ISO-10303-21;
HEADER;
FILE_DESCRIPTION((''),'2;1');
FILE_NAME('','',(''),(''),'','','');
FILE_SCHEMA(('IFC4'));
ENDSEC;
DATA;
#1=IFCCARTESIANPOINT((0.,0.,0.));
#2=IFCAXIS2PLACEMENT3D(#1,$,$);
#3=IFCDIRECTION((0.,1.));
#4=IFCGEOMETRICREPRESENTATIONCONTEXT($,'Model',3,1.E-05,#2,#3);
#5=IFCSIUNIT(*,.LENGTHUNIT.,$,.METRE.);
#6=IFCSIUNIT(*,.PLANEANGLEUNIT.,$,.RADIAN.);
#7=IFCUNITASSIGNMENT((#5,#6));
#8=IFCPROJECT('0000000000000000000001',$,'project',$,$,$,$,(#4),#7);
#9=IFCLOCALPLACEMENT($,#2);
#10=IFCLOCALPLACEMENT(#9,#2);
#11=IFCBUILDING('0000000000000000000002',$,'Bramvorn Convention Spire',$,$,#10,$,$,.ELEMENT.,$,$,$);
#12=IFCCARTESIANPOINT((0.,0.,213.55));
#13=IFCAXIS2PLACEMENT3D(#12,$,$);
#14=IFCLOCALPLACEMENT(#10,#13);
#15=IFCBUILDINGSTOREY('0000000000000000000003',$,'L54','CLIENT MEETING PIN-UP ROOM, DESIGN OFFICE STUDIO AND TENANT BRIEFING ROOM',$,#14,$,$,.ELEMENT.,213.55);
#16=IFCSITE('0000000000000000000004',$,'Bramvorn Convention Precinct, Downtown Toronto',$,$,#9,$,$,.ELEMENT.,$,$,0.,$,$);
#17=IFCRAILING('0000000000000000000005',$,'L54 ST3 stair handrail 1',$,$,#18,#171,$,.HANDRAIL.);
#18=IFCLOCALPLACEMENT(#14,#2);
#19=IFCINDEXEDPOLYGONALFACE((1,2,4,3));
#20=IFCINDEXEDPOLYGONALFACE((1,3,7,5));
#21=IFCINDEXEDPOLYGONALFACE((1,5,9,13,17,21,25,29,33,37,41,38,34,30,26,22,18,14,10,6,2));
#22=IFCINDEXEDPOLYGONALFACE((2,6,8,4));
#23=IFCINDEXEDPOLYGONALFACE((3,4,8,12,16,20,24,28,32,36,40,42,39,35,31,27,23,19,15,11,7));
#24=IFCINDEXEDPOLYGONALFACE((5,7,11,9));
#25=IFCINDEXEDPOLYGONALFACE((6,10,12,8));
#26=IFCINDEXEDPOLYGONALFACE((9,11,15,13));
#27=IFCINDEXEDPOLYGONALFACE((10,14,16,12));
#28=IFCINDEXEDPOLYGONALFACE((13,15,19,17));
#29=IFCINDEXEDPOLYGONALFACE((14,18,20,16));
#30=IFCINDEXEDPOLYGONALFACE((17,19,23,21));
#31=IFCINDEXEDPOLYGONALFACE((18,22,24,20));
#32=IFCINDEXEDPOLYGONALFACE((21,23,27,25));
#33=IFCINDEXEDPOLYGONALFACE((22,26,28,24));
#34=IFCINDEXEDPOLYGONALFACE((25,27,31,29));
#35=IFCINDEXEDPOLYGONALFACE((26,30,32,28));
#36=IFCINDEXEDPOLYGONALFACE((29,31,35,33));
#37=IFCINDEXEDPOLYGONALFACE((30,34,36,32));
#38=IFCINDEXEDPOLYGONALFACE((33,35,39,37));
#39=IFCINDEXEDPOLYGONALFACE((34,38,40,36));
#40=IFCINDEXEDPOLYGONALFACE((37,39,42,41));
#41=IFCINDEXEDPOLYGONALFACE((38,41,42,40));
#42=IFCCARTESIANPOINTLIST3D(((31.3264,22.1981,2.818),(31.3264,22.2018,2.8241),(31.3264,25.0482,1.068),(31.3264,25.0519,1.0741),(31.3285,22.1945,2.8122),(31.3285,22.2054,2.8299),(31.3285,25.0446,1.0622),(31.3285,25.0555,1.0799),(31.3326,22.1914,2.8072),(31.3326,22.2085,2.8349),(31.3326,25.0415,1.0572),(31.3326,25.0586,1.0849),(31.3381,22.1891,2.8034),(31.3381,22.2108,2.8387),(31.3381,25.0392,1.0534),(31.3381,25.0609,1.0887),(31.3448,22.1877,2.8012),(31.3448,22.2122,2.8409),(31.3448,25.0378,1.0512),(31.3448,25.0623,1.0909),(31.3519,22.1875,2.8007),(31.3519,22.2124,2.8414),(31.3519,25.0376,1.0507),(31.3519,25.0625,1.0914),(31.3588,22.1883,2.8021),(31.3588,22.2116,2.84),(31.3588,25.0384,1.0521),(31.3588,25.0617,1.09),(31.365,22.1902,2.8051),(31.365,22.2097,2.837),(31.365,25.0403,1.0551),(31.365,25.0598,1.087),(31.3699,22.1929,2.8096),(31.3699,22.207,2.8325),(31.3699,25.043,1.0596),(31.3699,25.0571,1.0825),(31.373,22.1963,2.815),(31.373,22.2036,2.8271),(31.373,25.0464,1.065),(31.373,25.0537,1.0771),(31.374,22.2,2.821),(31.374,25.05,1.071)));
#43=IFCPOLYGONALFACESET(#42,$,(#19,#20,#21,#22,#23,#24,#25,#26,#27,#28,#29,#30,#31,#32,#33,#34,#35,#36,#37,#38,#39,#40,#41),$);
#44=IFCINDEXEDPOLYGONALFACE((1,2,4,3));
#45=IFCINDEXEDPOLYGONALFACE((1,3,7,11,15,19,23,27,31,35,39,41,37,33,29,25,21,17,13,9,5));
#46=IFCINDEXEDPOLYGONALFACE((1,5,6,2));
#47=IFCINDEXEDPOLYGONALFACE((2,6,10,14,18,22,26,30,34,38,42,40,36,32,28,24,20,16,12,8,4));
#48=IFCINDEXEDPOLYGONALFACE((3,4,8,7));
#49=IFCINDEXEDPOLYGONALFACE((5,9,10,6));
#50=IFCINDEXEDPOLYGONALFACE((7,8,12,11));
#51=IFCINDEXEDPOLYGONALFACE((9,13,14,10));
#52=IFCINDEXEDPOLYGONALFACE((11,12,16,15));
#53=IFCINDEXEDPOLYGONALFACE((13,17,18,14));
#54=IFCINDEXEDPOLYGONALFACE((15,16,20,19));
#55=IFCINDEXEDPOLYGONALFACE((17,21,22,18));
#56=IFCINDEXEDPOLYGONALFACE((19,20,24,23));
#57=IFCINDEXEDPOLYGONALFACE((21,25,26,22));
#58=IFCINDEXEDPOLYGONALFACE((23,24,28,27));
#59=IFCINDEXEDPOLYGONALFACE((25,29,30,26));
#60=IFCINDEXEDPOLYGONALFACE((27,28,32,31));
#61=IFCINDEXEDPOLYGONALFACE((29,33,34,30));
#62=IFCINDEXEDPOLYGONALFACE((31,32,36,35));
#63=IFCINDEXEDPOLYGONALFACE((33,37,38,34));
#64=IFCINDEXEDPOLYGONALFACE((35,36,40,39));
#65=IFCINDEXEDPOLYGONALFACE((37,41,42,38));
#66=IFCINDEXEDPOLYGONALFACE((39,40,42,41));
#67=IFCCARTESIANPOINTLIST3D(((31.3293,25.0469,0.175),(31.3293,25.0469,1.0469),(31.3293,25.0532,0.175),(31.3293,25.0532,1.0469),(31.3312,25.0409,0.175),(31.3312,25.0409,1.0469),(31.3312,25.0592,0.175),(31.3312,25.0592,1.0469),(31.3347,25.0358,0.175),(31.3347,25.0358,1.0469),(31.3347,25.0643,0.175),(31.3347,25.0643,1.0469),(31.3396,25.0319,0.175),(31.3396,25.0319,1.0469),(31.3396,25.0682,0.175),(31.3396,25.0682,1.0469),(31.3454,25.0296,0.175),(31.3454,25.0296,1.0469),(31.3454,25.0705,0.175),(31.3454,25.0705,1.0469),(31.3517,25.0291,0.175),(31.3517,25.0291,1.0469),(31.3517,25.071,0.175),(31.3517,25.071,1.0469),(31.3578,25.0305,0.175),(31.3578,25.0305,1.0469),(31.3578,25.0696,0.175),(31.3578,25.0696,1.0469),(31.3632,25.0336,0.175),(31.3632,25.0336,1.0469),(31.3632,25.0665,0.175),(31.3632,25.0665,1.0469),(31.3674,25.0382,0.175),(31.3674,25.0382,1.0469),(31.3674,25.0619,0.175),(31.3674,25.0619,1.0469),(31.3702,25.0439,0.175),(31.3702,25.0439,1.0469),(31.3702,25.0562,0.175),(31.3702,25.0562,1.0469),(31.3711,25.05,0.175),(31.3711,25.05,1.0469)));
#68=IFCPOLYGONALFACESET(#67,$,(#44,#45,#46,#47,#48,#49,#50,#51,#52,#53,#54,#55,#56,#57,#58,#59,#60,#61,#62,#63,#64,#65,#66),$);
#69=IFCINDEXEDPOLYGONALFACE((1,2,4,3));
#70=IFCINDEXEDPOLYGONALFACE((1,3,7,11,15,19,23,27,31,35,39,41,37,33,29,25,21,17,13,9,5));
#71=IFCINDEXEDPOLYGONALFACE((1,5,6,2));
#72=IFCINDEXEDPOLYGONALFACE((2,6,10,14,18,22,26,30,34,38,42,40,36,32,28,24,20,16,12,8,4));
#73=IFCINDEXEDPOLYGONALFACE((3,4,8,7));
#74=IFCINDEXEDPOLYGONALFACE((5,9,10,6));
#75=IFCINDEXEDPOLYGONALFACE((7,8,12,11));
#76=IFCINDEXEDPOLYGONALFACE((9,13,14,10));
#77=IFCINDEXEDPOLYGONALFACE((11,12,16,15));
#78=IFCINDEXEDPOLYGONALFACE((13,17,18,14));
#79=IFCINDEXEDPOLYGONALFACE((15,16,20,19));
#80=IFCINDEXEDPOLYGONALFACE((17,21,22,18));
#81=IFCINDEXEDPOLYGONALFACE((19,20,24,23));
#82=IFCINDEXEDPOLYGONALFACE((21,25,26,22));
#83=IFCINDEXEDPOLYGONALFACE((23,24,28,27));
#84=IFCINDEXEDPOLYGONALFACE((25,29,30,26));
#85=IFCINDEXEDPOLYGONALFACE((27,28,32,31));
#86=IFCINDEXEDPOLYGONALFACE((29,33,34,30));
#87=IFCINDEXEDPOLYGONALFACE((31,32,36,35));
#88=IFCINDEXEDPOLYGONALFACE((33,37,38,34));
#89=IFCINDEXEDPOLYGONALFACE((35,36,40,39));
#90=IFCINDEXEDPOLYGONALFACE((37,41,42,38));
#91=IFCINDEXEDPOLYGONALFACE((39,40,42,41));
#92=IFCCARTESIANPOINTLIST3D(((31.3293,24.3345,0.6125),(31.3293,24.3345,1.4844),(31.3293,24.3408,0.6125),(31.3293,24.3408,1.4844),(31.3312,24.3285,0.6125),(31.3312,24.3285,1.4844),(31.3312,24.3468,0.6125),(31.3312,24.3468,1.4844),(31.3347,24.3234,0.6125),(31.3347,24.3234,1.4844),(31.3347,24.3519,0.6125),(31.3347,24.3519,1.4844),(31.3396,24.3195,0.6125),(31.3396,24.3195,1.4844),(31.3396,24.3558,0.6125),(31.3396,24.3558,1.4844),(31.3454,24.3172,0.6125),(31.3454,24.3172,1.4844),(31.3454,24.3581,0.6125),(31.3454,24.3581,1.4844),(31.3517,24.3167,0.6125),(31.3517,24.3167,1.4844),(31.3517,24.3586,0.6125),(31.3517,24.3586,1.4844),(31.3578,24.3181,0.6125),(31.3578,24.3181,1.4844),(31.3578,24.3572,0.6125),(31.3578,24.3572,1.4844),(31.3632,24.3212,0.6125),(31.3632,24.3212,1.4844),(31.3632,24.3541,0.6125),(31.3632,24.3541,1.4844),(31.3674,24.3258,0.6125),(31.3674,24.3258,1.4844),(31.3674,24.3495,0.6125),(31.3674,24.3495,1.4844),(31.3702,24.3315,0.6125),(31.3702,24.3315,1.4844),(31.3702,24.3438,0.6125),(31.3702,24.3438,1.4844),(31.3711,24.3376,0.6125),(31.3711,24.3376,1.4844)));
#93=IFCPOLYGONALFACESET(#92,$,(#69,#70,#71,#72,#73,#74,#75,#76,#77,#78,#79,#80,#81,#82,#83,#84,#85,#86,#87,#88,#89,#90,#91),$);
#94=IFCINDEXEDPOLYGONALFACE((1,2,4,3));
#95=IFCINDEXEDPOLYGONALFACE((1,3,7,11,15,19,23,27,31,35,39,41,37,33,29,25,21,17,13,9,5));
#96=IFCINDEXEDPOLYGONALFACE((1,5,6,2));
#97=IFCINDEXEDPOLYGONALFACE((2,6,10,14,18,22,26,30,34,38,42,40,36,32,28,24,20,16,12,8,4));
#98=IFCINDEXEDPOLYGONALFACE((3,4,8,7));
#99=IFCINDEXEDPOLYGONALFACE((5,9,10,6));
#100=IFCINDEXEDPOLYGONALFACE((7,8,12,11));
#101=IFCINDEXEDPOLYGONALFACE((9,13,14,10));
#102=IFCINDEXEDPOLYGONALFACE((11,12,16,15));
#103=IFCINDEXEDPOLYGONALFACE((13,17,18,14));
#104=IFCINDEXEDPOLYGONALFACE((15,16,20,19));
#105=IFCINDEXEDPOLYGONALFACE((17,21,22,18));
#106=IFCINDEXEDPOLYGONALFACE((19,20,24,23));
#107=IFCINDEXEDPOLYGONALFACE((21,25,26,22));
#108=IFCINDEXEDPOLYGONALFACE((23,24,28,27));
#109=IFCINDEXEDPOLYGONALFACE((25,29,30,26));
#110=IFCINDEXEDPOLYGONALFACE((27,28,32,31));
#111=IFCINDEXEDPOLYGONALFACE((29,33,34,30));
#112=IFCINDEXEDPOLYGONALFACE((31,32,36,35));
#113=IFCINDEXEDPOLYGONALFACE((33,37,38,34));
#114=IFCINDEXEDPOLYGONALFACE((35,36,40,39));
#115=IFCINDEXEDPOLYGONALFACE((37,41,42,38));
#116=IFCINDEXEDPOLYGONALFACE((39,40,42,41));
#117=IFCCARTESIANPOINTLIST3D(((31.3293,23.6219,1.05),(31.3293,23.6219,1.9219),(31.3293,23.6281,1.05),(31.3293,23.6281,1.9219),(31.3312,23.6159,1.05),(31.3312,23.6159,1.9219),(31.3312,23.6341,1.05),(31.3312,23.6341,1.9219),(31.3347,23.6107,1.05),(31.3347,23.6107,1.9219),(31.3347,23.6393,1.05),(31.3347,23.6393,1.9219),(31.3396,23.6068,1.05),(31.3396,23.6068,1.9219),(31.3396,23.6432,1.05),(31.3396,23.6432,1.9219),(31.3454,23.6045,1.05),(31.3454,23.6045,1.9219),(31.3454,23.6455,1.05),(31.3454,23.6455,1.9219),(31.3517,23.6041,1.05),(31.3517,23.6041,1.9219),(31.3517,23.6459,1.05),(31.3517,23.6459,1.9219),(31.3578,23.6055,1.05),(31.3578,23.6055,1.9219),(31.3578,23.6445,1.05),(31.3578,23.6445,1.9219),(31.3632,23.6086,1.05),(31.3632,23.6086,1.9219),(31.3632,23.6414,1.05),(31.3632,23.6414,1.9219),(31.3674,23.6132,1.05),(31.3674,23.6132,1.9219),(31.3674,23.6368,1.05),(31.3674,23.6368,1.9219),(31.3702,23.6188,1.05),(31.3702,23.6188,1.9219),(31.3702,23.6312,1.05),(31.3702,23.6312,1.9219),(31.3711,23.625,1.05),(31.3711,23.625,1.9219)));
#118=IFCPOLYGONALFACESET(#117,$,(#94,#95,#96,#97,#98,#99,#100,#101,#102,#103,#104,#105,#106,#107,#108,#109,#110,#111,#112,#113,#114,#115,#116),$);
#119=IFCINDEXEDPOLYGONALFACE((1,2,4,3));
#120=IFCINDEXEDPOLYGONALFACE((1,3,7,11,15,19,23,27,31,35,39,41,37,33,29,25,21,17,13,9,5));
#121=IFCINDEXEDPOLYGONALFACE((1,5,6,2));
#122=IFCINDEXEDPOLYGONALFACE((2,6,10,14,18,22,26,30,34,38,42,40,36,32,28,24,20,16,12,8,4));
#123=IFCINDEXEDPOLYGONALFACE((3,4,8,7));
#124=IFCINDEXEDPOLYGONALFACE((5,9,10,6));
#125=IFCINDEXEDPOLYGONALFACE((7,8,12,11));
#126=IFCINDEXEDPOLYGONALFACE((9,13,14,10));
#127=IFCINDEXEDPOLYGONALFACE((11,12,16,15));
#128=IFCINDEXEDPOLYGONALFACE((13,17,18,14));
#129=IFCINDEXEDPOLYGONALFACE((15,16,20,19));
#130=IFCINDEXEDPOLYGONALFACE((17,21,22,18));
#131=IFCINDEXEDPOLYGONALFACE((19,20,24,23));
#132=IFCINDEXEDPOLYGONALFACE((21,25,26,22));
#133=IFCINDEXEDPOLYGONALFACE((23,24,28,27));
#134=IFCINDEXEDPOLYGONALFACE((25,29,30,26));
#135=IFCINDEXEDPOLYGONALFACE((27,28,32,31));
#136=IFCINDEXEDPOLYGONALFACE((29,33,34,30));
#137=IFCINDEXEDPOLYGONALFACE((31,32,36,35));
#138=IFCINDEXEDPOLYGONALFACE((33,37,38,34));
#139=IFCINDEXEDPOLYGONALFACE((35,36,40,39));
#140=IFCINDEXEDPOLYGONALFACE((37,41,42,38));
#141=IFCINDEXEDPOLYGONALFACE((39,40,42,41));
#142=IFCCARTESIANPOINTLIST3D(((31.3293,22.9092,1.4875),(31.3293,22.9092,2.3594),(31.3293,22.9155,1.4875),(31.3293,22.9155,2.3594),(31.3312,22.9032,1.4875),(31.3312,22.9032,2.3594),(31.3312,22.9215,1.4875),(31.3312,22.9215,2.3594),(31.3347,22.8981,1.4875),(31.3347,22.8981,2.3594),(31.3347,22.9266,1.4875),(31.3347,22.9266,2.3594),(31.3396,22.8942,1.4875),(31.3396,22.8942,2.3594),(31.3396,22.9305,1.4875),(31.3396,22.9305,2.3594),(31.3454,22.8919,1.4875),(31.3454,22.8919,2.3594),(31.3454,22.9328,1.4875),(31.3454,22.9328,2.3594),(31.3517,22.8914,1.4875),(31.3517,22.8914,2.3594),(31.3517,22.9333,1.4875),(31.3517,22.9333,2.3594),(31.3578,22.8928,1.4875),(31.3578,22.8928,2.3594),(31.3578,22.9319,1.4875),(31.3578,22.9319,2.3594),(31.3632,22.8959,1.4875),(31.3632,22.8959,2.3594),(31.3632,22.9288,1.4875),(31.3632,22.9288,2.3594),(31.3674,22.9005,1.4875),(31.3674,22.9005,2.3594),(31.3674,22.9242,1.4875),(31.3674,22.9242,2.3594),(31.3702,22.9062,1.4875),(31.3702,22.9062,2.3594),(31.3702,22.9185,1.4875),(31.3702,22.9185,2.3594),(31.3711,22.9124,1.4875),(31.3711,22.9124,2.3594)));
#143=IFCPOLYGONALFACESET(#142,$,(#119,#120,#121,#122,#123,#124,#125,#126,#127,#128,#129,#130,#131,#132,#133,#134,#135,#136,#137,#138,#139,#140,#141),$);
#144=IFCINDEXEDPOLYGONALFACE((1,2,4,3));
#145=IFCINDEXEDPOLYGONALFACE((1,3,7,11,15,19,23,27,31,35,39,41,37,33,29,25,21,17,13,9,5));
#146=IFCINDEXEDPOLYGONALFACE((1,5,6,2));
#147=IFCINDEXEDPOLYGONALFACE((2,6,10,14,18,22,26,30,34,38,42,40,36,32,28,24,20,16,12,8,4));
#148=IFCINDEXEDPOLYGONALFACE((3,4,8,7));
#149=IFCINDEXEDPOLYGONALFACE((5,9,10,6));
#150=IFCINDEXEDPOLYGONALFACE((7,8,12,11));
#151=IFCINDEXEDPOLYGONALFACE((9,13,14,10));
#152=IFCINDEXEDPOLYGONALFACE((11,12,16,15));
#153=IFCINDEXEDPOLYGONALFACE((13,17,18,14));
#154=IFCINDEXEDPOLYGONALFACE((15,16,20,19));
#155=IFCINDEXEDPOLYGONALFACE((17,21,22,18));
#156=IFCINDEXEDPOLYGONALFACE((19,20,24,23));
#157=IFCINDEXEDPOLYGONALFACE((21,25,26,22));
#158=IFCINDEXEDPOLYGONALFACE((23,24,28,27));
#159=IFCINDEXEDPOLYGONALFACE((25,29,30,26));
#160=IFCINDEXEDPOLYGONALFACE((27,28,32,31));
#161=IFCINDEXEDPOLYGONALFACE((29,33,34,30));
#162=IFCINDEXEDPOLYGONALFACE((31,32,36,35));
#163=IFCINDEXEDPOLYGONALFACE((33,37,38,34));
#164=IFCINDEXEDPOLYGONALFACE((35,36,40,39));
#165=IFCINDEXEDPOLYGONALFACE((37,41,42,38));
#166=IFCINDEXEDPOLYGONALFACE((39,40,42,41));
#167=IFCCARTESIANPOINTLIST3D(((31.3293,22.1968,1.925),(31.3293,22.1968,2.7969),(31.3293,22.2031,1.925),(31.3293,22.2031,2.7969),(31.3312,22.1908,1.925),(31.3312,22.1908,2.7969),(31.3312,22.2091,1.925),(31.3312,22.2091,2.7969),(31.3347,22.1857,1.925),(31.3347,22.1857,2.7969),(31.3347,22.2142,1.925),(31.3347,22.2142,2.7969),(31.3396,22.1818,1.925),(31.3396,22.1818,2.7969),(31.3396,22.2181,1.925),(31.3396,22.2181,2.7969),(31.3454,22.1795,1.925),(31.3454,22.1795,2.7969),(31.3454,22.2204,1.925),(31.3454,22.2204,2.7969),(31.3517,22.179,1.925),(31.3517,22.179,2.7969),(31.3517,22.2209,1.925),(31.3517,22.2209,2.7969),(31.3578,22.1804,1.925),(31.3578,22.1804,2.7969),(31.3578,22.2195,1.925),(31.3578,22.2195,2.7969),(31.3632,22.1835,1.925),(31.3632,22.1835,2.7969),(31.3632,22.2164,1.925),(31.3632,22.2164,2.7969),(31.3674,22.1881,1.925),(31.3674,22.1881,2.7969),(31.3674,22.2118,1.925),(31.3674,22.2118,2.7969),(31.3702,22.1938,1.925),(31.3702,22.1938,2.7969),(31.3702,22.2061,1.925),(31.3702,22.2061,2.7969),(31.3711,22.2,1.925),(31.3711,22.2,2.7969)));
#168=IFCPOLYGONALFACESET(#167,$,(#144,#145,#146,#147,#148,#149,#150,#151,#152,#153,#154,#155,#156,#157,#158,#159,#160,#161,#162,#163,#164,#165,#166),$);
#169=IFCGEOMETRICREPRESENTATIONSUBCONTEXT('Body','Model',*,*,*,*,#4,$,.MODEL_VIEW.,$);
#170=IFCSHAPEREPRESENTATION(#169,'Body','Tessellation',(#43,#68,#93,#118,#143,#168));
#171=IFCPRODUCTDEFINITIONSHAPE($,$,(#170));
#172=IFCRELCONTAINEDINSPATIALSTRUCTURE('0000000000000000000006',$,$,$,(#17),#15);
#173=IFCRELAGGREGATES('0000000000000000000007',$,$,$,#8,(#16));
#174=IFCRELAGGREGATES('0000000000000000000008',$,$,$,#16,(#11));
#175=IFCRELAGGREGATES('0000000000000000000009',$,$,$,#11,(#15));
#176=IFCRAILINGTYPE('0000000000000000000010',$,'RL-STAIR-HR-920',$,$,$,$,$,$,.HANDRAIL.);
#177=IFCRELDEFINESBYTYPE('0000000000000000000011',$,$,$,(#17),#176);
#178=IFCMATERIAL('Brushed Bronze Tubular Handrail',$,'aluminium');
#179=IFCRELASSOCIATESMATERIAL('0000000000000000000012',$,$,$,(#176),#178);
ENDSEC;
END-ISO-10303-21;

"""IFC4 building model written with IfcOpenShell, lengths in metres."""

from ifc_helpers import new_model, si_unit, direction, frame, origin, origin_2d, place, context, subcontext, project, spatial, circle, extrude, material, type_object, element, save


model = new_model("IFC4")

# Units and contexts
model_context = context("Model", 3, precision=1e-05, world=origin(), true_north=direction((0.0, 1.0)))
body_context = subcontext(model_context, "Body", "Model", "MODEL_VIEW")
ifc_project = project(units=[si_unit("LENGTHUNIT", "METRE"), si_unit("PLANEANGLEUNIT", "RADIAN")], contexts=[model_context])

# Site, building, storey
site_placement = place(None, origin())
site = spatial("IfcSite", under=ifc_project, at=site_placement, Name="Bramvorn Convention Precinct, Downtown Toronto", CompositionType="ELEMENT", RefElevation=0.0)
building_placement = place(site_placement, origin())
building = spatial("IfcBuilding", under=site, at=building_placement, Name="Bramvorn Convention Spire", CompositionType="ELEMENT")
storey_placement = place(building_placement, frame((0.0, 0.0, 213.55)))
storey = spatial("IfcBuildingStorey", under=building, at=storey_placement, Name="L54", Description="CLIENT MEETING PIN-UP ROOM, DESIGN OFFICE STUDIO AND TENANT BRIEFING ROOM", CompositionType="ELEMENT", Elevation=213.55)

# Railing
ifc_material_1 = material(Name="Brushed Bronze Tubular Handrail", Category="aluminium")
railing_type_1 = type_object("IfcRailingType", Name="RL-STAIR-HR-920", PredefinedType="HANDRAIL", material=ifc_material_1)
railing_1_placement = place(storey_placement, frame((31.3501, 25.05, 0.175)))
element("IfcRailing", 1, at=railing_1_placement, inside=storey, type_object=railing_type_1, Name="L54 ST3 stair handrail 1", PredefinedType="HANDRAIL", context=body_context, shape_type="SweptSolid", body=[
    extrude(circle(Radius=0.0239, at=origin_2d()), frame((0.0, 0.0, 0.896), z_axis=(0.0, -0.852179, 0.52325), x_axis=(1.0, 0.0, 0.0)), (0.0, 0.0, 1.0), 3.3445),
    extrude(circle(Radius=0.021, at=origin_2d()), origin(), (0.0, 0.0, 1.0), 0.8718),
    extrude(circle(Radius=0.021, at=origin_2d()), frame((0.0, -0.7124, 0.4375)), (0.0, 0.0, 1.0), 0.8718),
    extrude(circle(Radius=0.021, at=origin_2d()), frame((0.0, -1.425, 0.875)), (0.0, 0.0, 1.0), 0.8718),
    extrude(circle(Radius=0.021, at=origin_2d()), frame((0.0, -2.1377, 1.3125)), (0.0, 0.0, 1.0), 0.8718),
    extrude(circle(Radius=0.021, at=origin_2d()), frame((0.0, -2.8501, 1.75)), (0.0, 0.0, 1.0), 0.8718),
])

save(model, "model.ifc")
